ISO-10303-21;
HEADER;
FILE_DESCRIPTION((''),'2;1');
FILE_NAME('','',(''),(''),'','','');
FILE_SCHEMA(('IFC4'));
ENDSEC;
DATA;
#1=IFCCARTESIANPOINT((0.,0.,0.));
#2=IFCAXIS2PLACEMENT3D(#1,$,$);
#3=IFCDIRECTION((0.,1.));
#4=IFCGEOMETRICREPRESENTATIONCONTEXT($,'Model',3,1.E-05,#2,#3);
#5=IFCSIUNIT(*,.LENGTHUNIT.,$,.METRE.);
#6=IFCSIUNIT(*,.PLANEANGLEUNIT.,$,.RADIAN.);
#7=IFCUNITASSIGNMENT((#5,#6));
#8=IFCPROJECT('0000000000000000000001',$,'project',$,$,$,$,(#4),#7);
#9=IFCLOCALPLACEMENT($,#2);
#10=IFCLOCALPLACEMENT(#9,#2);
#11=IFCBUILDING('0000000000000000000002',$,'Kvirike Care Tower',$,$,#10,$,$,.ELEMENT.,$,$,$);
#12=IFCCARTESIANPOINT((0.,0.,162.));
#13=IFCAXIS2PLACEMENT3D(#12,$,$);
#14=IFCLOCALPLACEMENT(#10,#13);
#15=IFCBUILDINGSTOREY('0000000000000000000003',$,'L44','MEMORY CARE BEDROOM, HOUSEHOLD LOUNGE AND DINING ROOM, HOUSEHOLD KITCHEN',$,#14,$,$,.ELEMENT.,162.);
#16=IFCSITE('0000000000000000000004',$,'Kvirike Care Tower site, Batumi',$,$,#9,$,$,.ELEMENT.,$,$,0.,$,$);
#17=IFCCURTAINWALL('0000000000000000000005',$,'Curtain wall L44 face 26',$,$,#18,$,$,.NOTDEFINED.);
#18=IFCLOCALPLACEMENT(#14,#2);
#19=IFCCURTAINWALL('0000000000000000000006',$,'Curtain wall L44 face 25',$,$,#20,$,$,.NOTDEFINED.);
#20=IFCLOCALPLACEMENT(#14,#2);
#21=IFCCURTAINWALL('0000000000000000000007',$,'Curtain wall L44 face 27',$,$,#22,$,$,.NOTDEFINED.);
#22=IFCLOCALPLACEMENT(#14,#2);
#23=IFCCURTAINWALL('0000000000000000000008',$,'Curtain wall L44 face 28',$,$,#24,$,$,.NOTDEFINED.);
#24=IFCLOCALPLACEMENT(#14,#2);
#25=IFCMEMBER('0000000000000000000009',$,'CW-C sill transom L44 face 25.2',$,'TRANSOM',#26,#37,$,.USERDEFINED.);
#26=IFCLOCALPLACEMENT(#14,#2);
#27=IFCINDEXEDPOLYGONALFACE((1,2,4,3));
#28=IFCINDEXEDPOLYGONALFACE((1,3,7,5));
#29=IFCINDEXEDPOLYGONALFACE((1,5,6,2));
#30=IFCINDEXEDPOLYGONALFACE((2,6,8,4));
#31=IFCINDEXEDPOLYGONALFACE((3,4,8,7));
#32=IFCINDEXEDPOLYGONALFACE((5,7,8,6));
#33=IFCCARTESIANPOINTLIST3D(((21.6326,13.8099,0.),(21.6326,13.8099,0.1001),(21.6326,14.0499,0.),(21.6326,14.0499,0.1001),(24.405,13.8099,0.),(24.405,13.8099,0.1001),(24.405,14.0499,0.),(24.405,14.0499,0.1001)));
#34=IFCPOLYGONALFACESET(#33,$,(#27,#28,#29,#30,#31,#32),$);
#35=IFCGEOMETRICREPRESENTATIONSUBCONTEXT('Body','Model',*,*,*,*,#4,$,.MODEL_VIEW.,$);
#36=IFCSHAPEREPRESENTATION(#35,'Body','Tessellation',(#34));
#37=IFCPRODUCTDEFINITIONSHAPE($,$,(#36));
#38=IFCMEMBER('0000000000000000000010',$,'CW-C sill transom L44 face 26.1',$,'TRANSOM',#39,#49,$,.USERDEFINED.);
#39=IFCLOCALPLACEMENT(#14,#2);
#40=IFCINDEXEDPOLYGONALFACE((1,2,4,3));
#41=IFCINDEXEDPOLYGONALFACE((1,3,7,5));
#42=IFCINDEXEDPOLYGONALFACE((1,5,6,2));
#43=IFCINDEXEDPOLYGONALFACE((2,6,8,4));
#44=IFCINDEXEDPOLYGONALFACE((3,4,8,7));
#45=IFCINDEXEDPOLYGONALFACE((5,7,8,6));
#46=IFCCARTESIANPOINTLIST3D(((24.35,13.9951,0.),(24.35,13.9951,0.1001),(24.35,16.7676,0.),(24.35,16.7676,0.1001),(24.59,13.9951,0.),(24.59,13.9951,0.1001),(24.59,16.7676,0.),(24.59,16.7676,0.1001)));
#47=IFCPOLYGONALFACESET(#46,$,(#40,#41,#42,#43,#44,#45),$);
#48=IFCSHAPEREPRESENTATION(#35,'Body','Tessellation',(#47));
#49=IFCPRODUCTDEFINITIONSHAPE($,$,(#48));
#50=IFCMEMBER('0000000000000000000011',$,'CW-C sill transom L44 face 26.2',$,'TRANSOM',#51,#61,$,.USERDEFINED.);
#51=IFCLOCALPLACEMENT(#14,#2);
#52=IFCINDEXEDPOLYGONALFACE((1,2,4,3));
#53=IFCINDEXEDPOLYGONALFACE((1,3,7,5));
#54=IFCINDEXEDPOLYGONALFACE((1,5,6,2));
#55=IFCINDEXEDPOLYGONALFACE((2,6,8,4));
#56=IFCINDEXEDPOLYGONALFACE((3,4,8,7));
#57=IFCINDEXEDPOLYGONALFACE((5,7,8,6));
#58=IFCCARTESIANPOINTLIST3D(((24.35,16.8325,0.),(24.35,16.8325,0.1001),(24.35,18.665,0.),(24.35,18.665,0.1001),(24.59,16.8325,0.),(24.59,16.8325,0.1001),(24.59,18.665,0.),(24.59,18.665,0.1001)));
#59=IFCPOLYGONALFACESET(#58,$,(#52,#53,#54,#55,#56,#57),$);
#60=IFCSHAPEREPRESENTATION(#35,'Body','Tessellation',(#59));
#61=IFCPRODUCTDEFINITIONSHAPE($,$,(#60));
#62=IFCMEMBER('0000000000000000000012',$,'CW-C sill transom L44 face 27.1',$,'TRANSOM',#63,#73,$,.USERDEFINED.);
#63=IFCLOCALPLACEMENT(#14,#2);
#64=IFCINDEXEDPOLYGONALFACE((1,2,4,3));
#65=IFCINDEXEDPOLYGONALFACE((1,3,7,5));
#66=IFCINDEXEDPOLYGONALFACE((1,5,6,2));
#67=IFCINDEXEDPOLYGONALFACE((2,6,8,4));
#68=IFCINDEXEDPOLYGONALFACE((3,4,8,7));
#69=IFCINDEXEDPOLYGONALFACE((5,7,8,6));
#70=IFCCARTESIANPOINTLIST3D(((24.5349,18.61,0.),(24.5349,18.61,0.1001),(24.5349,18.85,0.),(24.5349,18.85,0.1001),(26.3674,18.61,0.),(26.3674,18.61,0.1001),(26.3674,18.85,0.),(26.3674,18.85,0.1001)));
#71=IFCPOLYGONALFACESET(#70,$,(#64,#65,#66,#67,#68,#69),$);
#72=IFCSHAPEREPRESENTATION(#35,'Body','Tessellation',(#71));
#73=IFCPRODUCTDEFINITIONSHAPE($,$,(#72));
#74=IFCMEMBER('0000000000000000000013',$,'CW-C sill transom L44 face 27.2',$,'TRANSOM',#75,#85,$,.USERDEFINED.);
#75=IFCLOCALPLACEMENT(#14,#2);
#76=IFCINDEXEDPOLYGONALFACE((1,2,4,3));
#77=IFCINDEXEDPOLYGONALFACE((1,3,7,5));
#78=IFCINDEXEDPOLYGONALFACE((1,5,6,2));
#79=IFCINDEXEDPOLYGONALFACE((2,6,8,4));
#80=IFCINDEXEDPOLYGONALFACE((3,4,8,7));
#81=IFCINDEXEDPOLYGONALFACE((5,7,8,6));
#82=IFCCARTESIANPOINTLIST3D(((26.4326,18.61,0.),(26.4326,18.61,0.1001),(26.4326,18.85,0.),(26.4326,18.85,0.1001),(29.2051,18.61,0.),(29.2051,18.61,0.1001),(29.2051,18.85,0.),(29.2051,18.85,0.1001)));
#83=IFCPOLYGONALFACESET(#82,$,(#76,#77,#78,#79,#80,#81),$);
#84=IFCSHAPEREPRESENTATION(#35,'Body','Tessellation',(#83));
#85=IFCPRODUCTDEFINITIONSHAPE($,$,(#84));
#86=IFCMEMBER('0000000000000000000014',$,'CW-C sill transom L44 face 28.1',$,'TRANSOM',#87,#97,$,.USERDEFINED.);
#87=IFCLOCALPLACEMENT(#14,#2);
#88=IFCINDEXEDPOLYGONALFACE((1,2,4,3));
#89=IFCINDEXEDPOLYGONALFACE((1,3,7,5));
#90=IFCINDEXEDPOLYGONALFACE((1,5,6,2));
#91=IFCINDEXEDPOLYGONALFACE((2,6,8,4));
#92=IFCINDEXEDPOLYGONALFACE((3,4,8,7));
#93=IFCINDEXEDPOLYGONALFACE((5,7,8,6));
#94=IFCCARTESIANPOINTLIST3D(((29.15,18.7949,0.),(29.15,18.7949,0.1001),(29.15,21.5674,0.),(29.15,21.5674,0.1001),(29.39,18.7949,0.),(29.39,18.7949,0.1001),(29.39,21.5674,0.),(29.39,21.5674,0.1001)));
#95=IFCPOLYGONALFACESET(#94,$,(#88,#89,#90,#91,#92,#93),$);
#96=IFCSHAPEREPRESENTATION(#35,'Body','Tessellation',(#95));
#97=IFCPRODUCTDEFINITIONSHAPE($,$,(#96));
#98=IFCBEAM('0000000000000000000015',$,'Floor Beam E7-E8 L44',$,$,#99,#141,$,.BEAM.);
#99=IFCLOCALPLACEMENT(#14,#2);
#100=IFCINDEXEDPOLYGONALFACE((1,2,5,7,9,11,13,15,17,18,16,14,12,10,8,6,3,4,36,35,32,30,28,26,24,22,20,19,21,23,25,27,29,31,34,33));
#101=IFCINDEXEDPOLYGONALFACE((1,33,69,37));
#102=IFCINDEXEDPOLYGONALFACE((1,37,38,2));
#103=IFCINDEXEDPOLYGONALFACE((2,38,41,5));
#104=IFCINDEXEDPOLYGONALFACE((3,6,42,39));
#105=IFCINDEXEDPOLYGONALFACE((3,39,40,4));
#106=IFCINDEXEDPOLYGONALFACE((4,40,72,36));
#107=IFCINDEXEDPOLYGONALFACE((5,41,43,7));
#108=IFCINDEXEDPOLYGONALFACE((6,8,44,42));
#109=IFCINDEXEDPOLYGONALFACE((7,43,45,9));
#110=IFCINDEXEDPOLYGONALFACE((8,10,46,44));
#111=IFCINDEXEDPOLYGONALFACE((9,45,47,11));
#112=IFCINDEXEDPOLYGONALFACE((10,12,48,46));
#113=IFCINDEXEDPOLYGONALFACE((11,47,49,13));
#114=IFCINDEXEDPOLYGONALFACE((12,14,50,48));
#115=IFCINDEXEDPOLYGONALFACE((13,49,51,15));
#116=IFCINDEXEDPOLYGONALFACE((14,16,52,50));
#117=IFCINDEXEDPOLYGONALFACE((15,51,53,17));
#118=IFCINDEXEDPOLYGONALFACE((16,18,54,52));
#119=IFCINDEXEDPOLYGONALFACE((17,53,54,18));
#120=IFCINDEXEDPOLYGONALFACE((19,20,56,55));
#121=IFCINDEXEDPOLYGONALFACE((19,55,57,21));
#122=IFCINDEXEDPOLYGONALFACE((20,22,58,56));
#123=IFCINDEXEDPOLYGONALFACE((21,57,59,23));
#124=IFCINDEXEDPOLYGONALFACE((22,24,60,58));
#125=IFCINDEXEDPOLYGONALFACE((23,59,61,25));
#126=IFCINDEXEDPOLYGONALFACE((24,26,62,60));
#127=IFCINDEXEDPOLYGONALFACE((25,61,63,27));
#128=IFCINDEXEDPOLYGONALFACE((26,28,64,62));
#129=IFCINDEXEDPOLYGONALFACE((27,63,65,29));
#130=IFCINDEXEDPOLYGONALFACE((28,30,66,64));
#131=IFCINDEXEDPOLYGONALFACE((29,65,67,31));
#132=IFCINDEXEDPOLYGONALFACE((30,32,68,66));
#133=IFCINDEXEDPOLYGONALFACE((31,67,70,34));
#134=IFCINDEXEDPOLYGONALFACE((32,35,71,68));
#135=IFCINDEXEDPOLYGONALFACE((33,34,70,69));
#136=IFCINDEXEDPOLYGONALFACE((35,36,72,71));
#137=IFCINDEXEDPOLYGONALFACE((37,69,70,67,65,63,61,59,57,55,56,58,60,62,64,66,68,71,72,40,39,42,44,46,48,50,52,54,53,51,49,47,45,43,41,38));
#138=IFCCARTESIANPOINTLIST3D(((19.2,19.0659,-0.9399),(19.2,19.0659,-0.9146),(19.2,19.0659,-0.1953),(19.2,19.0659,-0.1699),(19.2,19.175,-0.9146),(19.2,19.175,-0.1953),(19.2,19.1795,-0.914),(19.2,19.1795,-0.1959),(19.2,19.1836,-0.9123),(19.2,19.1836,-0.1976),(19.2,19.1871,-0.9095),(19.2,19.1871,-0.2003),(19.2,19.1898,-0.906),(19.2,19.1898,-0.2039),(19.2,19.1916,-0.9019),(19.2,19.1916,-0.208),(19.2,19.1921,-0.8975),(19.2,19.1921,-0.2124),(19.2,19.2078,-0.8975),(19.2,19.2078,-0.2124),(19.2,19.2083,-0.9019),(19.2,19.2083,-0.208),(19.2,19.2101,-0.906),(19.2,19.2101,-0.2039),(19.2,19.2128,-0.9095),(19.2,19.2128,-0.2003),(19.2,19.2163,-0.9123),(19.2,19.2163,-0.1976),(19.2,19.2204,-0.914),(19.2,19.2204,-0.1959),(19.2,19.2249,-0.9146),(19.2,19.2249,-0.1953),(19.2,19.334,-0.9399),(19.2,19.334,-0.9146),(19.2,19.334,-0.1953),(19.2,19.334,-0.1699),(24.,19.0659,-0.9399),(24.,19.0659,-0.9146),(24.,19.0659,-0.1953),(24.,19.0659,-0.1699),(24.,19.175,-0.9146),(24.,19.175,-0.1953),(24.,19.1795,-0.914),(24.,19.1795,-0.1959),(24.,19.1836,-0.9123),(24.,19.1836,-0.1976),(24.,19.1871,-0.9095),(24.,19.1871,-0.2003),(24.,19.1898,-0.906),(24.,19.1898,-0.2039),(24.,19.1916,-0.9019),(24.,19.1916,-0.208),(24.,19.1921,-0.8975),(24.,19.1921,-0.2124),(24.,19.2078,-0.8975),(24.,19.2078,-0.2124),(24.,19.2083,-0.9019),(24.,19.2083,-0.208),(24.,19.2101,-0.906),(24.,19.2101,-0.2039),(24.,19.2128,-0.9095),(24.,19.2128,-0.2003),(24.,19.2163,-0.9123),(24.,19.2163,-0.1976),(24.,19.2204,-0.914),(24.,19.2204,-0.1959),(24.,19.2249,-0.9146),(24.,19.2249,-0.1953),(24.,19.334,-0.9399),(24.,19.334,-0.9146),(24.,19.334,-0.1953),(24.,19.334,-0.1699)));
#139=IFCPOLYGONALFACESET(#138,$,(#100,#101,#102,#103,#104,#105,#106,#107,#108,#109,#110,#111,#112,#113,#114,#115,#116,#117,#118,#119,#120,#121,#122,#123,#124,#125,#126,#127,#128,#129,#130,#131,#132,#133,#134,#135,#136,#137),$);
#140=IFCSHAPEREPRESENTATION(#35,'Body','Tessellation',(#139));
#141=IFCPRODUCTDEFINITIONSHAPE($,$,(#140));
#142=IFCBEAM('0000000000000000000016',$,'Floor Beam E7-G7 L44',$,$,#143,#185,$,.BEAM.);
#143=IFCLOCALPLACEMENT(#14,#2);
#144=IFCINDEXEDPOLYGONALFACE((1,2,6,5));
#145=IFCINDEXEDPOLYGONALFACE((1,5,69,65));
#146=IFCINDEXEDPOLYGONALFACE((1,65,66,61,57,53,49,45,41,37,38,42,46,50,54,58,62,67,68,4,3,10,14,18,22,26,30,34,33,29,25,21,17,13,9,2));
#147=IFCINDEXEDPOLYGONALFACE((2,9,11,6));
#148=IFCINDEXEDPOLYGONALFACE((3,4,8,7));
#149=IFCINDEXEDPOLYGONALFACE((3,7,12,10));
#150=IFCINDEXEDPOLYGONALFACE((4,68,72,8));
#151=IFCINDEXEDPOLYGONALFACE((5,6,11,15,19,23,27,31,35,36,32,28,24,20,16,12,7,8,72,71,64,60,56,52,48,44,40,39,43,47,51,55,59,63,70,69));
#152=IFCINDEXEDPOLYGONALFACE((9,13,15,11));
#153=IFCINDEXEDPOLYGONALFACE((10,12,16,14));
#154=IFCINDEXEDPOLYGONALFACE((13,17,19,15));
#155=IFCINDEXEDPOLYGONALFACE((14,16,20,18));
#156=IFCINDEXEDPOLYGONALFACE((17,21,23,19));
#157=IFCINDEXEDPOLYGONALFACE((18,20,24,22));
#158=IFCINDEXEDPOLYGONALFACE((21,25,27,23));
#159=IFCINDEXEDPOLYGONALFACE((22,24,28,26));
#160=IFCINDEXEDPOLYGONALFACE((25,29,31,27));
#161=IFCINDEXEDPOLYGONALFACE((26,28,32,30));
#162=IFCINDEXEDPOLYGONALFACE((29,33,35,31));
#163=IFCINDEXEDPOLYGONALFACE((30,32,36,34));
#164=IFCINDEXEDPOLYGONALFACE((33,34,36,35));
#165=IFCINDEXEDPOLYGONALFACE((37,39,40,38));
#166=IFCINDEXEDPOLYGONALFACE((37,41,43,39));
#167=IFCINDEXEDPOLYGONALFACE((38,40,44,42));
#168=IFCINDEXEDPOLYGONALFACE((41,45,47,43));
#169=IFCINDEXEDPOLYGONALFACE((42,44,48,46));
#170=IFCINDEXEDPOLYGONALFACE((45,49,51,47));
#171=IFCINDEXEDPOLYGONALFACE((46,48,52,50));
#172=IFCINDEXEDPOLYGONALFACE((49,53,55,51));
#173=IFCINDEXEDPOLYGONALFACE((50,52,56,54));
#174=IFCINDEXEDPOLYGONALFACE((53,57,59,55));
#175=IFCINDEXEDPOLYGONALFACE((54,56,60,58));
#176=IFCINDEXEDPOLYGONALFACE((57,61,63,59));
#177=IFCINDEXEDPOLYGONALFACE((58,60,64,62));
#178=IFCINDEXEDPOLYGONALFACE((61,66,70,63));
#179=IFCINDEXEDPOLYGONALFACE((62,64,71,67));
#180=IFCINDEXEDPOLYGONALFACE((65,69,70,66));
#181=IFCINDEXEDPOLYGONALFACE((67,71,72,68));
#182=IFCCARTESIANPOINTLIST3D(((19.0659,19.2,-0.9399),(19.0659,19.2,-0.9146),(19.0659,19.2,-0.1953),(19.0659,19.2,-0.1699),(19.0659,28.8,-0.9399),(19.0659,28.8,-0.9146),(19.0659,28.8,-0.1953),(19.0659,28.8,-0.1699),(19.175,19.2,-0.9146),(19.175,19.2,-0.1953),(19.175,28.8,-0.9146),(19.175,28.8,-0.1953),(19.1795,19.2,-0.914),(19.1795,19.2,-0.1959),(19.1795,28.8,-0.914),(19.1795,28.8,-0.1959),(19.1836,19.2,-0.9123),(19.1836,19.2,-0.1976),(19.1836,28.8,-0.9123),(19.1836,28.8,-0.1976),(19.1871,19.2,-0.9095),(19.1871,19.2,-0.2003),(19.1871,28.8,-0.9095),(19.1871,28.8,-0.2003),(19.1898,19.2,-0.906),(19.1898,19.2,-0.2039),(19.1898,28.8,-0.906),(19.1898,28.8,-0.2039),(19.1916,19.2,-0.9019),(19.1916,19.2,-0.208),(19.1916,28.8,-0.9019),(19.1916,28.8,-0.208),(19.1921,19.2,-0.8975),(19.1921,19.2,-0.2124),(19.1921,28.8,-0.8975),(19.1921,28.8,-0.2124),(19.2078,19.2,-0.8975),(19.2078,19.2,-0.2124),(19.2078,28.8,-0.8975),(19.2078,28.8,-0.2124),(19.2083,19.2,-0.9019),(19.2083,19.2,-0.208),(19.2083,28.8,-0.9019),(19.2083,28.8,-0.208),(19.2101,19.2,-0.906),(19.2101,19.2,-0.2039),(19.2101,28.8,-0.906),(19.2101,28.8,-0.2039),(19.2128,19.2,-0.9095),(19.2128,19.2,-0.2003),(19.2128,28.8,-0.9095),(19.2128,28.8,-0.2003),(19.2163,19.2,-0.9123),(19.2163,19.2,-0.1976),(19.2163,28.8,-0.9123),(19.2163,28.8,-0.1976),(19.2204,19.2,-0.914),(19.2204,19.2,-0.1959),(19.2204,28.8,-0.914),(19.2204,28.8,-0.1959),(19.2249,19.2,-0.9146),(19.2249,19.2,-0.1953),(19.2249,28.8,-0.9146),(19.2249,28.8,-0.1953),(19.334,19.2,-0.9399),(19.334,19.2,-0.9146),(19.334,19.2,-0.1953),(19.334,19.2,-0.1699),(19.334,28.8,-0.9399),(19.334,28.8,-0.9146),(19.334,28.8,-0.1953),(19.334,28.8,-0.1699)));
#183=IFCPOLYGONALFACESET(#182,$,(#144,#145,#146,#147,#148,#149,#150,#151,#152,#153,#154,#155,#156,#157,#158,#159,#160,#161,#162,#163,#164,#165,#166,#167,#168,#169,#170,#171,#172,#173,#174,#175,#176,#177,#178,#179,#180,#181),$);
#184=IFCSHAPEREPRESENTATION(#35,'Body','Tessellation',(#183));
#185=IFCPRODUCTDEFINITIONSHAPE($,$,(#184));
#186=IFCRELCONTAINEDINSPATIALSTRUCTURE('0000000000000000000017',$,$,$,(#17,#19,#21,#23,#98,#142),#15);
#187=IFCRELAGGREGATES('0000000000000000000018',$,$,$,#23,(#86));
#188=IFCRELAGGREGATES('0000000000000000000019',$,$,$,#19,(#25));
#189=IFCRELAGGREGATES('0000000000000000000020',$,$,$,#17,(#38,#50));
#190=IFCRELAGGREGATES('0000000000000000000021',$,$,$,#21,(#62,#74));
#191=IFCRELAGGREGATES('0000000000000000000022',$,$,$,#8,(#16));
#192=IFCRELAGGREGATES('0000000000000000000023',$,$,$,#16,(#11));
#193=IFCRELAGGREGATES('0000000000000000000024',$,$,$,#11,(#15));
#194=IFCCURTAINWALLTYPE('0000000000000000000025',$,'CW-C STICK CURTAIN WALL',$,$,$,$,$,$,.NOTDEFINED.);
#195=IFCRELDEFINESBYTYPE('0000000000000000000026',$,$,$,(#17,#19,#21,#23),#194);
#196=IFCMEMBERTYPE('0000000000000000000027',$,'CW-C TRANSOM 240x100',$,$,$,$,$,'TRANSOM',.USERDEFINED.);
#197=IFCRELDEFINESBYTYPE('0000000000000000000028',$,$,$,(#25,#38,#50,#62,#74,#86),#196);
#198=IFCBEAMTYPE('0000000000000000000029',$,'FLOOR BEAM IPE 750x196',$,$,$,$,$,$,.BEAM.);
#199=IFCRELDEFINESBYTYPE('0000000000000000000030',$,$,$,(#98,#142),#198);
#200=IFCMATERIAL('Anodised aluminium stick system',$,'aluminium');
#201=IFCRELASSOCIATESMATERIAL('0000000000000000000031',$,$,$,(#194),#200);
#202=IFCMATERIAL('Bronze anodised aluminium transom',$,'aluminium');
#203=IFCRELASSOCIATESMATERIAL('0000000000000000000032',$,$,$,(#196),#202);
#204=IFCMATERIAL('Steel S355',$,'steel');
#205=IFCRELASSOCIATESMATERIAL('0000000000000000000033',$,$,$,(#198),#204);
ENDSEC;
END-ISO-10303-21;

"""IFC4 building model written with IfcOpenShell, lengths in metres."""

from ifc_helpers import new_model, si_unit, direction, frame, origin, origin_2d, place, context, subcontext, project, spatial, rectangle, i_section, extrude, material, material_profile, profile_set, type_object, element, aggregate, save


model = new_model("IFC4")

# Units and contexts
model_context = context("Model", 3, precision=1e-05, world=origin(), true_north=direction((0.0, 1.0)))
body_context = subcontext(model_context, "Body", "Model", "MODEL_VIEW")
ifc_project = project(units=[si_unit("LENGTHUNIT", "METRE"), si_unit("PLANEANGLEUNIT", "RADIAN")], contexts=[model_context])

# Site, building, storey
site_placement = place(None, origin())
site = spatial("IfcSite", under=ifc_project, at=site_placement, Name="Kvirike Care Tower site, Batumi", CompositionType="ELEMENT", RefElevation=0.0)
building_placement = place(site_placement, origin())
building = spatial("IfcBuilding", under=site, at=building_placement, Name="Kvirike Care Tower", CompositionType="ELEMENT")
storey_placement = place(building_placement, frame((0.0, 0.0, 162.0)))
storey = spatial("IfcBuildingStorey", under=building, at=storey_placement, Name="L44", Description="MEMORY CARE BEDROOM, HOUSEHOLD LOUNGE AND DINING ROOM, HOUSEHOLD KITCHEN", CompositionType="ELEMENT", Elevation=162.0)

# Curtain wall
ifc_material_1 = material(Name="Anodised aluminium stick system", Category="aluminium")
curtain_wall_type = type_object("IfcCurtainWallType", Name="CW-C STICK CURTAIN WALL", PredefinedType="NOTDEFINED", material=ifc_material_1)
curtain_wall_1_placement = place(storey_placement, origin())
curtain_wall_1 = element("IfcCurtainWall", 1, at=curtain_wall_1_placement, inside=storey, type_object=curtain_wall_type, Name="Curtain wall L44 face 26", PredefinedType="NOTDEFINED")

# Curtain wall
curtain_wall_2_placement = place(storey_placement, origin())
curtain_wall_2 = element("IfcCurtainWall", 2, at=curtain_wall_2_placement, inside=storey, type_object=curtain_wall_type, Name="Curtain wall L44 face 25", PredefinedType="NOTDEFINED")

# Curtain wall
curtain_wall_3_placement = place(storey_placement, origin())
curtain_wall_3 = element("IfcCurtainWall", 3, at=curtain_wall_3_placement, inside=storey, type_object=curtain_wall_type, Name="Curtain wall L44 face 27", PredefinedType="NOTDEFINED")

# Curtain wall
curtain_wall_4_placement = place(storey_placement, origin())
curtain_wall_4 = element("IfcCurtainWall", 4, at=curtain_wall_4_placement, inside=storey, type_object=curtain_wall_type, Name="Curtain wall L44 face 28", PredefinedType="NOTDEFINED")

# Members
ifc_material_2 = material(Name="Bronze anodised aluminium transom", Category="aluminium")
ifc_material_profile_1 = material_profile(ifc_material_2, rectangle(XDim=0.24, YDim=0.1001, at=origin_2d()), Name="CW-C TRANSOM 240x100")
ifc_profile_set_1 = profile_set([ifc_material_profile_1], Name="Bronze anodised aluminium transom")
member_type_1 = type_object("IfcMemberType", Name="CW-C TRANSOM 240x100", ElementType="TRANSOM", PredefinedType="USERDEFINED", material=ifc_profile_set_1)
member_1_placement = place(storey_placement, frame((21.6326, 13.9299, 0.05), z_axis=(1.0, 0.0, 0.0), x_axis=(0.0, 1.0, 0.0)))
member_1 = element("IfcMember", 5, at=member_1_placement, type_object=member_type_1, Name="CW-C sill transom L44 face 25.2", ObjectType="TRANSOM", PredefinedType="USERDEFINED", context=body_context, shape_type="SweptSolid", body=[
    extrude(rectangle(XDim=0.24, YDim=0.1001, at=origin_2d()), origin(), (0.0, 0.0, 1.0), 2.7725),
])
member_2_placement = place(storey_placement, frame((24.47, 13.9951, 0.05), z_axis=(0.0, 1.0, 0.0), x_axis=(-1.0, 0.0, 0.0)))
member_2 = element("IfcMember", 6, at=member_2_placement, type_object=member_type_1, Name="CW-C sill transom L44 face 26.1", ObjectType="TRANSOM", PredefinedType="USERDEFINED", context=body_context, shape_type="SweptSolid", body=[
    extrude(rectangle(XDim=0.24, YDim=0.1001, at=origin_2d()), origin(), (0.0, 0.0, 1.0), 2.7725),
])
member_3_placement = place(storey_placement, frame((24.47, 16.8325, 0.05), z_axis=(0.0, 1.0, 0.0), x_axis=(-1.0, 0.0, 0.0)))
member_3 = element("IfcMember", 7, at=member_3_placement, type_object=member_type_1, Name="CW-C sill transom L44 face 26.2", ObjectType="TRANSOM", PredefinedType="USERDEFINED", context=body_context, shape_type="SweptSolid", body=[
    extrude(rectangle(XDim=0.24, YDim=0.1001, at=origin_2d()), origin(), (0.0, 0.0, 1.0), 1.8325),
])
member_4_placement = place(storey_placement, frame((24.5349, 18.73, 0.05), z_axis=(1.0, 0.0, 0.0), x_axis=(0.0, 1.0, 0.0)))
member_4 = element("IfcMember", 8, at=member_4_placement, type_object=member_type_1, Name="CW-C sill transom L44 face 27.1", ObjectType="TRANSOM", PredefinedType="USERDEFINED", context=body_context, shape_type="SweptSolid", body=[
    extrude(rectangle(XDim=0.24, YDim=0.1001, at=origin_2d()), origin(), (0.0, 0.0, 1.0), 1.8325),
])
member_5_placement = place(storey_placement, frame((26.4326, 18.73, 0.05), z_axis=(1.0, 0.0, 0.0), x_axis=(0.0, 1.0, 0.0)))
member_5 = element("IfcMember", 9, at=member_5_placement, type_object=member_type_1, Name="CW-C sill transom L44 face 27.2", ObjectType="TRANSOM", PredefinedType="USERDEFINED", context=body_context, shape_type="SweptSolid", body=[
    extrude(rectangle(XDim=0.24, YDim=0.1001, at=origin_2d()), origin(), (0.0, 0.0, 1.0), 2.7725),
])
member_6_placement = place(storey_placement, frame((29.27, 18.7949, 0.05), z_axis=(0.0, 1.0, 0.0), x_axis=(-1.0, 0.0, 0.0)))
member_6 = element("IfcMember", 10, at=member_6_placement, type_object=member_type_1, Name="CW-C sill transom L44 face 28.1", ObjectType="TRANSOM", PredefinedType="USERDEFINED", context=body_context, shape_type="SweptSolid", body=[
    extrude(rectangle(XDim=0.24, YDim=0.1001, at=origin_2d()), origin(), (0.0, 0.0, 1.0), 2.7725),
])
aggregate(curtain_wall_4, [member_6])

# Beams
ifc_material_3 = material(Name="Steel S355", Category="steel")
ifc_material_profile_2 = material_profile(ifc_material_3, i_section(OverallWidth=0.2681, OverallDepth=0.77, WebThickness=0.0156, FlangeThickness=0.0254, FilletRadius=0.0171, at=origin_2d()), Name="IPE 750x196")
ifc_profile_set_2 = profile_set([ifc_material_profile_2], Name="Steel S355")
beam_type_1 = type_object("IfcBeamType", Name="FLOOR BEAM IPE 750x196", PredefinedType="BEAM", material=ifc_profile_set_2)
beam_1_placement = place(storey_placement, frame((19.2, 19.2, -0.5549), z_axis=(1.0, 0.0, 0.0), x_axis=(0.0, 1.0, 0.0)))
element("IfcBeam", 11, at=beam_1_placement, inside=storey, type_object=beam_type_1, Name="Floor Beam E7-E8 L44", PredefinedType="BEAM", context=body_context, shape_type="SweptSolid", body=[
    extrude(i_section(OverallWidth=0.2681, OverallDepth=0.77, WebThickness=0.0156, FlangeThickness=0.0254, FilletRadius=0.0171, at=origin_2d()), origin(), (0.0, 0.0, 1.0), 4.8),
])
beam_2_placement = place(storey_placement, frame((19.2, 19.2, -0.5549), z_axis=(0.0, 1.0, 0.0), x_axis=(-1.0, 0.0, 0.0)))
element("IfcBeam", 12, at=beam_2_placement, inside=storey, type_object=beam_type_1, Name="Floor Beam E7-G7 L44", PredefinedType="BEAM", context=body_context, shape_type="SweptSolid", body=[
    extrude(i_section(OverallWidth=0.2681, OverallDepth=0.77, WebThickness=0.0156, FlangeThickness=0.0254, FilletRadius=0.0171, at=origin_2d()), origin(), (0.0, 0.0, 1.0), 9.6001),
])

aggregate(curtain_wall_2, [member_1])
aggregate(curtain_wall_1, [member_2, member_3])
aggregate(curtain_wall_3, [member_4, member_5])

save(model, "model.ifc")
